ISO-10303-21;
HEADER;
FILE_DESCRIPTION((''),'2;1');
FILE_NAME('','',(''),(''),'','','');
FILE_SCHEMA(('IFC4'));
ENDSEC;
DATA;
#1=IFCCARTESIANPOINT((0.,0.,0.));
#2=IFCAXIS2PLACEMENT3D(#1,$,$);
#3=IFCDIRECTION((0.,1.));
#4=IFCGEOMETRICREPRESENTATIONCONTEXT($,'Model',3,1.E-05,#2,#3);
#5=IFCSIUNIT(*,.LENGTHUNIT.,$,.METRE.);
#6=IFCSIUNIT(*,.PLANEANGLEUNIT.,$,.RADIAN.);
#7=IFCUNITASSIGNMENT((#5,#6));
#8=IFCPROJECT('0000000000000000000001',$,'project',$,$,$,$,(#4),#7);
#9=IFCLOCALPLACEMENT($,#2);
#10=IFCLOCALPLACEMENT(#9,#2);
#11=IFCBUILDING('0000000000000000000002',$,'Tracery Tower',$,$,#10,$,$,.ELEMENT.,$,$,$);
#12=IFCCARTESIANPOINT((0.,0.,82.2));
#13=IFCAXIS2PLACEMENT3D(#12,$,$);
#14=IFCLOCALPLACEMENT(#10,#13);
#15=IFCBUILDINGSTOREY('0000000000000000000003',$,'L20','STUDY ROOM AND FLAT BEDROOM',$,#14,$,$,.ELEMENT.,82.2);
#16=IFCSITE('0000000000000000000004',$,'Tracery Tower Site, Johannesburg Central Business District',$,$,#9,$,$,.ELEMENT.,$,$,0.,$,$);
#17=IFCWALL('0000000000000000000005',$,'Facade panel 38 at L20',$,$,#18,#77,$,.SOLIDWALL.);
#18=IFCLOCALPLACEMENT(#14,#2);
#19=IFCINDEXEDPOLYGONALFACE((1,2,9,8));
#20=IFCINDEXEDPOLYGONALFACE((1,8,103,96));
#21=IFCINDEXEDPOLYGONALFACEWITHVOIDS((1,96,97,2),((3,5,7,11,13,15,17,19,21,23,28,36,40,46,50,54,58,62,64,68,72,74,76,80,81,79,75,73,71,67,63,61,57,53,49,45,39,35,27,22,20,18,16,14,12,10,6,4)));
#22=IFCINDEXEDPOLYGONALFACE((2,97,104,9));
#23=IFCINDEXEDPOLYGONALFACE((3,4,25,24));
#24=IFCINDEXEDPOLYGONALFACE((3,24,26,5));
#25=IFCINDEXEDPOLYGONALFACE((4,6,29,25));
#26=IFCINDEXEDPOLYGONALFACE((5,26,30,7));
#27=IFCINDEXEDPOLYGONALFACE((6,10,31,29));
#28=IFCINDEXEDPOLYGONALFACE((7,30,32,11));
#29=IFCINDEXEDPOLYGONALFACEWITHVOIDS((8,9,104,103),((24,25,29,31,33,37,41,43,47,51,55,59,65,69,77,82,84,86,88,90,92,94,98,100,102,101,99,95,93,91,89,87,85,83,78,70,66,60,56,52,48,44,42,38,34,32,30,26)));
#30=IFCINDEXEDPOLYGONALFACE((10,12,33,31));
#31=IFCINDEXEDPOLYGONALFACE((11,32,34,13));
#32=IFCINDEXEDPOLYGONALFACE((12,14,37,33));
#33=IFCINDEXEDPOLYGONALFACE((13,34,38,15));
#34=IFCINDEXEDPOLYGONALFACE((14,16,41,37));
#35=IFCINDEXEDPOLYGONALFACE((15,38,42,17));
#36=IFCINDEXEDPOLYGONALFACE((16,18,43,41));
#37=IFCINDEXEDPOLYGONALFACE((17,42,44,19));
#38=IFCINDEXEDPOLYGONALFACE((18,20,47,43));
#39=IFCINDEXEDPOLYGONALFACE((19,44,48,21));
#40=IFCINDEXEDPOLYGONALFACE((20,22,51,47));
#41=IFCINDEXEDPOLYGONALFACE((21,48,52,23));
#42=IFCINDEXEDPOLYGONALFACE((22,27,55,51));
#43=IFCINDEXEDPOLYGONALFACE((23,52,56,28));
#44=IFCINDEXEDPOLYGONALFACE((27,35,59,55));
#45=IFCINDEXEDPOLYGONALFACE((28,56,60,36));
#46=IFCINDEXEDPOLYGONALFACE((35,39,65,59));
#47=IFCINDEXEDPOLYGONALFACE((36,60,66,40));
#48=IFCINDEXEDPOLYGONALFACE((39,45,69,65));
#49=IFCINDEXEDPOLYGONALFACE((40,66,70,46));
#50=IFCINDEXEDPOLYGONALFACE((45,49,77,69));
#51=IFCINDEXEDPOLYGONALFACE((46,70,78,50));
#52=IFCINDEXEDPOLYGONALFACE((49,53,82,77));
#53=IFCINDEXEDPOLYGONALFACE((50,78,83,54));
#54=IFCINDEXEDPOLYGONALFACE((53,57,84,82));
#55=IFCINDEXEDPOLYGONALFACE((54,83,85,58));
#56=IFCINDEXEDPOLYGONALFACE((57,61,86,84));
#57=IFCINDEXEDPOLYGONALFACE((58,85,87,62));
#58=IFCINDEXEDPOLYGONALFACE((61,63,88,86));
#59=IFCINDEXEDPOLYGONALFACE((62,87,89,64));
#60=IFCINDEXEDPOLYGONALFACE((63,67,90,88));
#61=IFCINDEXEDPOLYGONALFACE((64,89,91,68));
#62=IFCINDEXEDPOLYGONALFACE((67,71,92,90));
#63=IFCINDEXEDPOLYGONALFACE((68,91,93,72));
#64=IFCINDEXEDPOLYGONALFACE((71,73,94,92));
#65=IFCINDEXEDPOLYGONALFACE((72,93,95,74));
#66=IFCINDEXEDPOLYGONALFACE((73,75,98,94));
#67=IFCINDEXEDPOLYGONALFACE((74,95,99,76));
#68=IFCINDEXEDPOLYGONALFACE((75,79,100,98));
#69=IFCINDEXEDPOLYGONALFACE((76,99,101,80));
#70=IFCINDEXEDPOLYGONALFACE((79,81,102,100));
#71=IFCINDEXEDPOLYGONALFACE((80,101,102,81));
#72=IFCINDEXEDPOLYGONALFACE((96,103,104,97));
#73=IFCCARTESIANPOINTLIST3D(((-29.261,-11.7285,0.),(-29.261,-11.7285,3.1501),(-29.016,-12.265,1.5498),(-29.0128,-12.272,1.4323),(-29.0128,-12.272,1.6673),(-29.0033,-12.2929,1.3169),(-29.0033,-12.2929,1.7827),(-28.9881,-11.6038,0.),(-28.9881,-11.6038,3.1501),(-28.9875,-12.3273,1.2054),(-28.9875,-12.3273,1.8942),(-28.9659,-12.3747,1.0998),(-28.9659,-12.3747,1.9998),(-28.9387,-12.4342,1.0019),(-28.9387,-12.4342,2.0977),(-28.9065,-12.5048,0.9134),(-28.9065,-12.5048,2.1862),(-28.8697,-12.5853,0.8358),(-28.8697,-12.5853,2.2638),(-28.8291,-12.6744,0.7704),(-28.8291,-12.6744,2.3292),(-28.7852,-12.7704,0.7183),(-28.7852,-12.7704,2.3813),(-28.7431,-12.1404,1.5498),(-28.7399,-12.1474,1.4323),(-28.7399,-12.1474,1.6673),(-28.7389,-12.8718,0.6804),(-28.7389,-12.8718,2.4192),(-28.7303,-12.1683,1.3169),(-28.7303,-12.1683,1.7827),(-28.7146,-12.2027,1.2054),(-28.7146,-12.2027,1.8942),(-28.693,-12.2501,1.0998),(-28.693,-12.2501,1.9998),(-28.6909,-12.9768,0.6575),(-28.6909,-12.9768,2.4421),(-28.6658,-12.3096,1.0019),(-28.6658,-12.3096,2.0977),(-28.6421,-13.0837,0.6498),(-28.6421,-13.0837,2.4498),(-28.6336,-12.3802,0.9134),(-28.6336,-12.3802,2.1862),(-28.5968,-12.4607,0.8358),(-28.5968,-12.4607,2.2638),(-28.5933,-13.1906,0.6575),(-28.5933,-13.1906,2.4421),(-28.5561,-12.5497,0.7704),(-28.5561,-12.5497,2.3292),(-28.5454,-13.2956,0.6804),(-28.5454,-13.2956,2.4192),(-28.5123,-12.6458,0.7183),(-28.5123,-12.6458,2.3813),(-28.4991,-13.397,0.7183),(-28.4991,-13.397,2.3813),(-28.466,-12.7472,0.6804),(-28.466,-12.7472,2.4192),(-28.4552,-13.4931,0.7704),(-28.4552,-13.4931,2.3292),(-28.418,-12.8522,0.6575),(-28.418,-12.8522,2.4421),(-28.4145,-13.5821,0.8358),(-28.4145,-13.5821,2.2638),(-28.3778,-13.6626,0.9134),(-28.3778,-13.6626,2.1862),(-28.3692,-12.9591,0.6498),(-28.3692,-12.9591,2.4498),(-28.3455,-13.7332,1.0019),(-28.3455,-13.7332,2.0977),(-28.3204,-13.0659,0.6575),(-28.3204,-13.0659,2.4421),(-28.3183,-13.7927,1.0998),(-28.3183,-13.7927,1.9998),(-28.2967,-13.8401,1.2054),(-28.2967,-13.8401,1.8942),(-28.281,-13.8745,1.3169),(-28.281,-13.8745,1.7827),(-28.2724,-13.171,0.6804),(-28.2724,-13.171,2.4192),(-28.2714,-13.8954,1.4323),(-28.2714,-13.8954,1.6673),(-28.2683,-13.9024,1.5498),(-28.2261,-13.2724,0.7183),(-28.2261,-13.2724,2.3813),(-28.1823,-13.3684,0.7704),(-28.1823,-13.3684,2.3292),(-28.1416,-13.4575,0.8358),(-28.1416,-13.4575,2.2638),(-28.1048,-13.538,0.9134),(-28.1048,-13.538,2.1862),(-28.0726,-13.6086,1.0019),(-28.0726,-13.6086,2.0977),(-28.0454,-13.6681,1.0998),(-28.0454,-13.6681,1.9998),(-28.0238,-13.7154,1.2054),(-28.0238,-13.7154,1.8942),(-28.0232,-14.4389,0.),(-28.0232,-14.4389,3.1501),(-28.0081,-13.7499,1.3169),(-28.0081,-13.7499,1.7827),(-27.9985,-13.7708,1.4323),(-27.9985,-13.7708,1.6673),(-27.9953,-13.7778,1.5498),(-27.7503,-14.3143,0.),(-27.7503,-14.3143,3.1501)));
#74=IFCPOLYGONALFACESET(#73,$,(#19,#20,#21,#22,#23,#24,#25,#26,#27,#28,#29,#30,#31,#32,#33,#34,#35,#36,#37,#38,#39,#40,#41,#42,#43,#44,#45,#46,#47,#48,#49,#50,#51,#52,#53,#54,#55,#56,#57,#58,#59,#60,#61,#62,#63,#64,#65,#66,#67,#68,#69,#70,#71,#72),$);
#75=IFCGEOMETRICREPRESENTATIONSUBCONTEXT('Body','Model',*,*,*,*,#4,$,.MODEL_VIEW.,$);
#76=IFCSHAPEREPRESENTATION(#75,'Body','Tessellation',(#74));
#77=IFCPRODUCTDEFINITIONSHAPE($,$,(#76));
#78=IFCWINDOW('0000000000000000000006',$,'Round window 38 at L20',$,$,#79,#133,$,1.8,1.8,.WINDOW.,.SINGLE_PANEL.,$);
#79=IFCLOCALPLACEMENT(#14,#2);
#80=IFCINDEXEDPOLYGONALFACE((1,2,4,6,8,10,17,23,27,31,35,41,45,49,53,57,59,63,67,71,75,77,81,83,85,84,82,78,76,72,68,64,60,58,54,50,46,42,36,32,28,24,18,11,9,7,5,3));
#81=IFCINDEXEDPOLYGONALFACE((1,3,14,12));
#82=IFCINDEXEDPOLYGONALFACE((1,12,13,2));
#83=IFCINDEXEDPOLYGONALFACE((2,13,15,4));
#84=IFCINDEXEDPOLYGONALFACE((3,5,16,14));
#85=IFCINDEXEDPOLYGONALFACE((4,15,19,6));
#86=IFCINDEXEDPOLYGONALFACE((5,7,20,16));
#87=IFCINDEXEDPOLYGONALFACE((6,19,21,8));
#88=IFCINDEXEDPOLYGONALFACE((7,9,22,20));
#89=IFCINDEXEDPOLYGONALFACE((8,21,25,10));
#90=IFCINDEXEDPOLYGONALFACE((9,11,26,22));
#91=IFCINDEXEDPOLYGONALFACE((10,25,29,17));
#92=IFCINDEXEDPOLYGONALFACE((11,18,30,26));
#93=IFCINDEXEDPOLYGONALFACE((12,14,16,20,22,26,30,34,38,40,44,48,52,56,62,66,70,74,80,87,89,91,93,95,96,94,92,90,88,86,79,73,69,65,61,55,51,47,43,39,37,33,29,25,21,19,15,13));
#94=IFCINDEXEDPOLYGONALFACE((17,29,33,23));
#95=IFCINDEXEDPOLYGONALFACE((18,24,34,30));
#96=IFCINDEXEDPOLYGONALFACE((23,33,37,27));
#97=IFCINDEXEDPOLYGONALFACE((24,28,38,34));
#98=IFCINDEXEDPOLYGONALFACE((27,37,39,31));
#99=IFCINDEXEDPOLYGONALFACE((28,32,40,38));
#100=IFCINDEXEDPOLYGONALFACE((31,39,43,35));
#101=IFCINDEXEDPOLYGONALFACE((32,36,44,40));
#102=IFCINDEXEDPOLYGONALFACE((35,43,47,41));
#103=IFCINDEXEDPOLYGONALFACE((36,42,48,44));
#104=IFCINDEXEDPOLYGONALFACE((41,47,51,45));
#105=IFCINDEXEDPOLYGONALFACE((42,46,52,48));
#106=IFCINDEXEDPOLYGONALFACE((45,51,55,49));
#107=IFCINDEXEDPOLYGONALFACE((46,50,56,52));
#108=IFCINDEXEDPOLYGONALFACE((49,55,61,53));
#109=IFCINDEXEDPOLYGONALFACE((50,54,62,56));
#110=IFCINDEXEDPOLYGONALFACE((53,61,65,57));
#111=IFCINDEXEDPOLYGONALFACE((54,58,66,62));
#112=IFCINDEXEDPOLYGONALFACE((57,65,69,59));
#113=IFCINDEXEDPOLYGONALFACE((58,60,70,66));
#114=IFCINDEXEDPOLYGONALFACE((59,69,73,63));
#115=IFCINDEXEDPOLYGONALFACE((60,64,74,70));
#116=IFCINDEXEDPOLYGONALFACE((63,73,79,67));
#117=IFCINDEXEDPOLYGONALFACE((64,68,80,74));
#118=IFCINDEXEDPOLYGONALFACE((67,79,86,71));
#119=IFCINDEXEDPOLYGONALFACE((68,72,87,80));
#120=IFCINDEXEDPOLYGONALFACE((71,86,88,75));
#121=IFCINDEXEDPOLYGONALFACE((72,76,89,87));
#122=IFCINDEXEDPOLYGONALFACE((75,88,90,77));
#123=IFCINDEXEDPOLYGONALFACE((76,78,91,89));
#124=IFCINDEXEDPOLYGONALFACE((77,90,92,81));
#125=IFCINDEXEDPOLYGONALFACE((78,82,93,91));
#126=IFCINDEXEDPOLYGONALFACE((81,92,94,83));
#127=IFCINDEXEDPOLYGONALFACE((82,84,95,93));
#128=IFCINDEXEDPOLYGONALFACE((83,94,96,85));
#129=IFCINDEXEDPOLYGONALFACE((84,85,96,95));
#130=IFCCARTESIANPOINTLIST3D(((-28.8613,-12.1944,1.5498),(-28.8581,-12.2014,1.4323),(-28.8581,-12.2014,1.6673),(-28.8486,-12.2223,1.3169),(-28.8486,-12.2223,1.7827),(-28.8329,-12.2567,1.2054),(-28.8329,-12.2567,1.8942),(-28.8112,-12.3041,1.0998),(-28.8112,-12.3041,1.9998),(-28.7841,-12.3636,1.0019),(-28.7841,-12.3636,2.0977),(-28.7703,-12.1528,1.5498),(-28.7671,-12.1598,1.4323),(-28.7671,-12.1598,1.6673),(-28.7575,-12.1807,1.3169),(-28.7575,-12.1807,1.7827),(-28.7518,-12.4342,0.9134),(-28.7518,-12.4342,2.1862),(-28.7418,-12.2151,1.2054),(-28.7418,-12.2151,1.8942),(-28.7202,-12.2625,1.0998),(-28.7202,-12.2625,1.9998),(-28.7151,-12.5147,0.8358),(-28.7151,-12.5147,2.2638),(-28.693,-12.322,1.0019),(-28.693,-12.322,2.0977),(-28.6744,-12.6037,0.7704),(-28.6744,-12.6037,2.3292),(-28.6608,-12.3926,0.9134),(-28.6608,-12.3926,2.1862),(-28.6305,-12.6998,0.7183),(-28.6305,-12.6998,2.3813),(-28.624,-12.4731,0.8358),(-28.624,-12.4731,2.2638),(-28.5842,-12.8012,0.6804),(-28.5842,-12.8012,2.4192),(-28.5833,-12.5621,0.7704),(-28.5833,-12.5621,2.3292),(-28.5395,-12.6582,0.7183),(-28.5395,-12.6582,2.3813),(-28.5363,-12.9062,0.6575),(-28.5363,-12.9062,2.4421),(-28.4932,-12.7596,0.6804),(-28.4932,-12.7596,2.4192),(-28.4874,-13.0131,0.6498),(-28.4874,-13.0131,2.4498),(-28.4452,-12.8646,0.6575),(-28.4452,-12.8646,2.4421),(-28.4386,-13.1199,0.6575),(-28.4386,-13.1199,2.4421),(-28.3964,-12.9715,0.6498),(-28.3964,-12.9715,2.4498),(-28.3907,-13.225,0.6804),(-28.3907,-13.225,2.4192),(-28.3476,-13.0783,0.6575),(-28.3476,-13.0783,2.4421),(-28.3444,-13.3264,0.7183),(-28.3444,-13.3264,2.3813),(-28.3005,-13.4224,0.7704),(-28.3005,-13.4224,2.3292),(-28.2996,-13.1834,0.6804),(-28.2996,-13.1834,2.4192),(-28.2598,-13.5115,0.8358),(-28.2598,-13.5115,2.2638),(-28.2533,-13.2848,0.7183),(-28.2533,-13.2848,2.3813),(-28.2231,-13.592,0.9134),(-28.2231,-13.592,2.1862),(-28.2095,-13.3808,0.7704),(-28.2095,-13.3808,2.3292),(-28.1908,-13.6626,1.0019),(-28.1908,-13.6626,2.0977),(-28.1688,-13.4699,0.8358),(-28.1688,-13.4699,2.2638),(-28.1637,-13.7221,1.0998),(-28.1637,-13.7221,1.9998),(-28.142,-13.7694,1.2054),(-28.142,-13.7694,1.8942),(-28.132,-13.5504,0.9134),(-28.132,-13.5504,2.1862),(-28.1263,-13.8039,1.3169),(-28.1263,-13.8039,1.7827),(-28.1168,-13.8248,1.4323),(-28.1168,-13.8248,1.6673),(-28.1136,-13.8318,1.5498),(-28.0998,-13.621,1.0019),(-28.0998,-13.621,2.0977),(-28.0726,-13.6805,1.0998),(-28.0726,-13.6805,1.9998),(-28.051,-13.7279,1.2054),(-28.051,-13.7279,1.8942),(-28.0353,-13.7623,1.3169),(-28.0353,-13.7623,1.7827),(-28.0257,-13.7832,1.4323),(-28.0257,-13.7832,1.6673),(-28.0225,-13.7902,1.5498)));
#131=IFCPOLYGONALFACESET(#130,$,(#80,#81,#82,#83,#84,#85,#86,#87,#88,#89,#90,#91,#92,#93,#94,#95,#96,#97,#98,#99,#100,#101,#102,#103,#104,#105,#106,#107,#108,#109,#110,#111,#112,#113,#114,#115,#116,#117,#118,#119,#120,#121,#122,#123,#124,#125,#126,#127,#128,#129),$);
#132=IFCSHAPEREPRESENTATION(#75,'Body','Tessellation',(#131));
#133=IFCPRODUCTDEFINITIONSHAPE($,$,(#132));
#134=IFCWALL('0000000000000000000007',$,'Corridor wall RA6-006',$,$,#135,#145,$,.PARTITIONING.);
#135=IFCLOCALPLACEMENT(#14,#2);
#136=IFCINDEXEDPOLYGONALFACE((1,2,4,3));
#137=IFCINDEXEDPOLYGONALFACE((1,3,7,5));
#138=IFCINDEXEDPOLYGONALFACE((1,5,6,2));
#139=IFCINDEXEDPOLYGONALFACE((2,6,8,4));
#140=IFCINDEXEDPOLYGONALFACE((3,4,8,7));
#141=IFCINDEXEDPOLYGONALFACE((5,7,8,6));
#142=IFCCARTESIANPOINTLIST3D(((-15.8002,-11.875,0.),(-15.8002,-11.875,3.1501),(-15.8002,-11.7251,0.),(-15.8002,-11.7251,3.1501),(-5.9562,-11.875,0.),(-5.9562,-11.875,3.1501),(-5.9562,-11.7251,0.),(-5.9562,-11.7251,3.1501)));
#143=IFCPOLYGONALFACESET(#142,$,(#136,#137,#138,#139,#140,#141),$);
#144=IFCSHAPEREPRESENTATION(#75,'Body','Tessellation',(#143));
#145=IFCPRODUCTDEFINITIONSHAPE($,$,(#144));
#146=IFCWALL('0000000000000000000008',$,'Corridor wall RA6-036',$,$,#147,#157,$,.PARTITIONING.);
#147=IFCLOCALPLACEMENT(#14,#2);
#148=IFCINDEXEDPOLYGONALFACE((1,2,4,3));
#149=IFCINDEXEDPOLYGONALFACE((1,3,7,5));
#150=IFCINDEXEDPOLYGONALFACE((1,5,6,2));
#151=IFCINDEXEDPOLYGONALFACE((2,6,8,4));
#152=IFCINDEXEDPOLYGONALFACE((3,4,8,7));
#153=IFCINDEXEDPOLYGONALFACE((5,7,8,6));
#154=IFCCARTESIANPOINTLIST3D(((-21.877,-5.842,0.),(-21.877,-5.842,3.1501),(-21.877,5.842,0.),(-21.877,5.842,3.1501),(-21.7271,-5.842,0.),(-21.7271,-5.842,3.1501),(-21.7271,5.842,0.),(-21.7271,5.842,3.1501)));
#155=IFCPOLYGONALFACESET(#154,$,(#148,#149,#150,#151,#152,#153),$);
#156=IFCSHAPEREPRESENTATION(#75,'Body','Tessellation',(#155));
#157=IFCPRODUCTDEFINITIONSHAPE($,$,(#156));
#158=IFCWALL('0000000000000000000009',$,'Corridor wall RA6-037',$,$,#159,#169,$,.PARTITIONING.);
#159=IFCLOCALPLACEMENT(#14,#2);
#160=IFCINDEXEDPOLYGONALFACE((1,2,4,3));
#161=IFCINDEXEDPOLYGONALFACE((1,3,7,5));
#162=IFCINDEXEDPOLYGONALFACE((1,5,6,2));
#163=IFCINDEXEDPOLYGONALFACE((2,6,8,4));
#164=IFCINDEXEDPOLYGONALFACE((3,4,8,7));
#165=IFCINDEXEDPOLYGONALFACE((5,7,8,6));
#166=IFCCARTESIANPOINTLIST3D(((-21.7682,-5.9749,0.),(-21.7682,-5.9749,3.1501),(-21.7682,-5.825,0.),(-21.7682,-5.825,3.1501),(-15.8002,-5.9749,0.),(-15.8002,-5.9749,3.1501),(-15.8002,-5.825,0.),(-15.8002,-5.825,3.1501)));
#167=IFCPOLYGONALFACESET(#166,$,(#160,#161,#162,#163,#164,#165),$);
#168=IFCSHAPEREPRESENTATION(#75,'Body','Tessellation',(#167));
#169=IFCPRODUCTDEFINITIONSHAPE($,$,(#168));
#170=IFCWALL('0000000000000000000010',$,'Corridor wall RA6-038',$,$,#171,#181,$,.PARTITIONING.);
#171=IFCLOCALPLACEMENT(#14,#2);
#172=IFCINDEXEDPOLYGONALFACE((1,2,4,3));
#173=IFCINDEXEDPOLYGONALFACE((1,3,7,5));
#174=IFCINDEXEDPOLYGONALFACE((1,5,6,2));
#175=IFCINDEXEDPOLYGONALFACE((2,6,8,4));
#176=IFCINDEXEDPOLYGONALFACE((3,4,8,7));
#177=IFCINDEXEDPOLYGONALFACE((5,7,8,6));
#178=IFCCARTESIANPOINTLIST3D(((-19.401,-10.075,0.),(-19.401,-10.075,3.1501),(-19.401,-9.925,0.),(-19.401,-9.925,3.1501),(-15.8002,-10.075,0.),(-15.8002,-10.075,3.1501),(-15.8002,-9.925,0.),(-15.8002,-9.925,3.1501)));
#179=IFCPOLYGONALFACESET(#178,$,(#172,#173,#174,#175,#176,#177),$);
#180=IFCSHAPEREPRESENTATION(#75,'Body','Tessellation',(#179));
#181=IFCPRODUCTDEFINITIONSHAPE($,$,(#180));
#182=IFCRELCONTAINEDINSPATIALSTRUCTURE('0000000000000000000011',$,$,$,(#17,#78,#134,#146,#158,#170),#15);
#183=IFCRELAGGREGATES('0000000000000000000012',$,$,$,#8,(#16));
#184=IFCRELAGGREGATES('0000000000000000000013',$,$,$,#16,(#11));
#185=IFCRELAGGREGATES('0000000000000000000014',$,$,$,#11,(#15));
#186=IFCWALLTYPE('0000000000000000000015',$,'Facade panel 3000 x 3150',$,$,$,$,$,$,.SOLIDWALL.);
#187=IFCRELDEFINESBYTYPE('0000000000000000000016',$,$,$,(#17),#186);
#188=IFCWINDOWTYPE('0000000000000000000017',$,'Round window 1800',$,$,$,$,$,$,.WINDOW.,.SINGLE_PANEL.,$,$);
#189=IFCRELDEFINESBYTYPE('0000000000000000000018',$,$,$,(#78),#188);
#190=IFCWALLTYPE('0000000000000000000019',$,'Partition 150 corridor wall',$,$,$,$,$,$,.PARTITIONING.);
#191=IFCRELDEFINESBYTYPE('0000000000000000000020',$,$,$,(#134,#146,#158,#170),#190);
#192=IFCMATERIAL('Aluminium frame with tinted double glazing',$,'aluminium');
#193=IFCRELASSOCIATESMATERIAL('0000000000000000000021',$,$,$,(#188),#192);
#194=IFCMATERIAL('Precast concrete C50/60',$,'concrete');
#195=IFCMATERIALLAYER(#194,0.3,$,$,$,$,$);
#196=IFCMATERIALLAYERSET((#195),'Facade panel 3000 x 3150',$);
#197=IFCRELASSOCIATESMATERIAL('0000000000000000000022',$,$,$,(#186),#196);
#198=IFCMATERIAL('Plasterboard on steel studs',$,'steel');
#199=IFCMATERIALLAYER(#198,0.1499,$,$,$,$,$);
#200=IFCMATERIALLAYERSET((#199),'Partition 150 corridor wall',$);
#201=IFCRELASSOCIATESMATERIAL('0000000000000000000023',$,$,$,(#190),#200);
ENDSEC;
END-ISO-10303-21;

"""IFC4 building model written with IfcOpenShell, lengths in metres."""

from ifc_helpers import new_model, si_unit, direction, frame, frame_2d, origin, origin_2d, place, context, subcontext, project, spatial, rectangle, circle, extrude, material, layer, layer_set, type_object, element, fill, save


model = new_model("IFC4")

# Units and contexts
model_context = context("Model", 3, precision=1e-05, world=origin(), true_north=direction((0.0, 1.0)))
body_context = subcontext(model_context, "Body", "Model", "MODEL_VIEW")
ifc_project = project(units=[si_unit("LENGTHUNIT", "METRE"), si_unit("PLANEANGLEUNIT", "RADIAN")], contexts=[model_context])

# Site, building, storey
site_placement = place(None, origin())
site = spatial("IfcSite", under=ifc_project, at=site_placement, Name="Tracery Tower Site, Johannesburg Central Business District", CompositionType="ELEMENT", RefElevation=0.0)
building_placement = place(site_placement, origin())
building = spatial("IfcBuilding", under=site, at=building_placement, Name="Tracery Tower", CompositionType="ELEMENT")
storey_placement = place(building_placement, frame((0.0, 0.0, 82.2)))
storey = spatial("IfcBuildingStorey", under=building, at=storey_placement, Name="L20", Description="STUDY ROOM AND FLAT BEDROOM", CompositionType="ELEMENT", Elevation=82.2)

# Wall, opening, window
ifc_material_1 = material(Name="Aluminium frame with tinted double glazing", Category="aluminium")
window_type = type_object("IfcWindowType", Name="Round window 1800", PartitioningType="SINGLE_PANEL", PredefinedType="WINDOW", material=ifc_material_1)
ifc_material_2 = material(Name="Precast concrete C50/60", Category="concrete")
ifc_layer_1 = layer(ifc_material_2, 0.3)
ifc_layer_set_1 = layer_set([ifc_layer_1], Name="Facade panel 3000 x 3150")
wall_type_1 = type_object("IfcWallType", Name="Facade panel 3000 x 3150", PredefinedType="SOLIDWALL", material=ifc_layer_set_1)
wall_1_placement = place(storey_placement, frame((-29.1245, -11.6663, 0.0), z_axis=(0.0, 0.0, 1.0), x_axis=(0.415407, -0.909636, 0.0)))
wall_1 = element("IfcWall", 1, at=wall_1_placement, inside=storey, type_object=wall_type_1, Name="Facade panel 38 at L20", PredefinedType="SOLIDWALL", context=body_context, shape_type="SweptSolid", body=[
    extrude(rectangle(XDim=2.9797, YDim=0.3, at=frame_2d((1.4897, 0.0))), origin(), (0.0, 0.0, 1.0), 3.1501),
])
opening_1_placement = place(wall_1_placement, frame((1.4897, 0.0, 1.5498)))
opening_1 = element("IfcOpeningElement", 2, at=opening_1_placement, cuts=wall_1, PredefinedType="OPENING", context=body_context, shape_type="SweptSolid", body=[
    extrude(circle(Radius=0.9, at=origin_2d()), frame((0.0, 0.1599, 0.0), z_axis=(0.0, -1.0, 0.0), x_axis=(1.0, 0.0, 0.0)), (0.0, 0.0, 1.0), 0.3201),
])
window_1_placement = place(opening_1_placement, origin())
window_1 = element("IfcWindow", 3, at=window_1_placement, inside=storey, type_object=window_type, Name="Round window 38 at L20", OverallHeight=1.8, OverallWidth=1.8, PartitioningType="SINGLE_PANEL", PredefinedType="WINDOW", context=body_context, shape_type="SweptSolid", body=[
    extrude(circle(Radius=0.9, at=origin_2d()), frame((0.0, 0.1201, 0.0), z_axis=(0.0, -1.0, 0.0), x_axis=(1.0, 0.0, 0.0)), (0.0, 0.0, 1.0), 0.1001),
])
fill(opening_1, window_1)

# Walls
ifc_material_3 = material(Name="Plasterboard on steel studs", Category="steel")
ifc_layer_2 = layer(ifc_material_3, 0.1499)
ifc_layer_set_2 = layer_set([ifc_layer_2], Name="Partition 150 corridor wall")
wall_type_2 = type_object("IfcWallType", Name="Partition 150 corridor wall", PredefinedType="PARTITIONING", material=ifc_layer_set_2)
wall_2_placement = place(storey_placement, frame((-15.8, -11.8, 0.0), z_axis=(0.0, 0.0, 1.0), x_axis=(1.0, 0.0, 0.0)))
element("IfcWall", 4, at=wall_2_placement, inside=storey, type_object=wall_type_2, Name="Corridor wall RA6-006", PredefinedType="PARTITIONING", context=body_context, shape_type="SweptSolid", body=[
    extrude(rectangle(XDim=9.844, YDim=0.1499, at=frame_2d((4.9219, 0.0))), origin(), (0.0, 0.0, 1.0), 3.1501),
])
wall_3_placement = place(storey_placement, frame((-21.802, -5.842, 0.0), z_axis=(0.0, 0.0, 1.0), x_axis=(0.0, 1.0, 0.0)))
element("IfcWall", 5, at=wall_3_placement, inside=storey, type_object=wall_type_2, Name="Corridor wall RA6-036", PredefinedType="PARTITIONING", context=body_context, shape_type="SweptSolid", body=[
    extrude(rectangle(XDim=11.6841, YDim=0.1499, at=frame_2d((5.842, 0.0))), origin(), (0.0, 0.0, 1.0), 3.1501),
])
wall_4_placement = place(storey_placement, frame((-21.7681, -5.8999, 0.0), z_axis=(0.0, 0.0, 1.0), x_axis=(1.0, 0.0, 0.0)))
element("IfcWall", 6, at=wall_4_placement, inside=storey, type_object=wall_type_2, Name="Corridor wall RA6-037", PredefinedType="PARTITIONING", context=body_context, shape_type="SweptSolid", body=[
    extrude(rectangle(XDim=5.968, YDim=0.1499, at=frame_2d((2.9839, 0.0))), origin(), (0.0, 0.0, 1.0), 3.1501),
])
wall_5_placement = place(storey_placement, frame((-19.4009, -10.0, 0.0), z_axis=(0.0, 0.0, 1.0), x_axis=(1.0, 0.0, 0.0)))
element("IfcWall", 7, at=wall_5_placement, inside=storey, type_object=wall_type_2, Name="Corridor wall RA6-038", PredefinedType="PARTITIONING", context=body_context, shape_type="SweptSolid", body=[
    extrude(rectangle(XDim=3.6008, YDim=0.1499, at=frame_2d((1.8003, 0.0))), origin(), (0.0, 0.0, 1.0), 3.1501),
])

save(model, "model.ifc")
